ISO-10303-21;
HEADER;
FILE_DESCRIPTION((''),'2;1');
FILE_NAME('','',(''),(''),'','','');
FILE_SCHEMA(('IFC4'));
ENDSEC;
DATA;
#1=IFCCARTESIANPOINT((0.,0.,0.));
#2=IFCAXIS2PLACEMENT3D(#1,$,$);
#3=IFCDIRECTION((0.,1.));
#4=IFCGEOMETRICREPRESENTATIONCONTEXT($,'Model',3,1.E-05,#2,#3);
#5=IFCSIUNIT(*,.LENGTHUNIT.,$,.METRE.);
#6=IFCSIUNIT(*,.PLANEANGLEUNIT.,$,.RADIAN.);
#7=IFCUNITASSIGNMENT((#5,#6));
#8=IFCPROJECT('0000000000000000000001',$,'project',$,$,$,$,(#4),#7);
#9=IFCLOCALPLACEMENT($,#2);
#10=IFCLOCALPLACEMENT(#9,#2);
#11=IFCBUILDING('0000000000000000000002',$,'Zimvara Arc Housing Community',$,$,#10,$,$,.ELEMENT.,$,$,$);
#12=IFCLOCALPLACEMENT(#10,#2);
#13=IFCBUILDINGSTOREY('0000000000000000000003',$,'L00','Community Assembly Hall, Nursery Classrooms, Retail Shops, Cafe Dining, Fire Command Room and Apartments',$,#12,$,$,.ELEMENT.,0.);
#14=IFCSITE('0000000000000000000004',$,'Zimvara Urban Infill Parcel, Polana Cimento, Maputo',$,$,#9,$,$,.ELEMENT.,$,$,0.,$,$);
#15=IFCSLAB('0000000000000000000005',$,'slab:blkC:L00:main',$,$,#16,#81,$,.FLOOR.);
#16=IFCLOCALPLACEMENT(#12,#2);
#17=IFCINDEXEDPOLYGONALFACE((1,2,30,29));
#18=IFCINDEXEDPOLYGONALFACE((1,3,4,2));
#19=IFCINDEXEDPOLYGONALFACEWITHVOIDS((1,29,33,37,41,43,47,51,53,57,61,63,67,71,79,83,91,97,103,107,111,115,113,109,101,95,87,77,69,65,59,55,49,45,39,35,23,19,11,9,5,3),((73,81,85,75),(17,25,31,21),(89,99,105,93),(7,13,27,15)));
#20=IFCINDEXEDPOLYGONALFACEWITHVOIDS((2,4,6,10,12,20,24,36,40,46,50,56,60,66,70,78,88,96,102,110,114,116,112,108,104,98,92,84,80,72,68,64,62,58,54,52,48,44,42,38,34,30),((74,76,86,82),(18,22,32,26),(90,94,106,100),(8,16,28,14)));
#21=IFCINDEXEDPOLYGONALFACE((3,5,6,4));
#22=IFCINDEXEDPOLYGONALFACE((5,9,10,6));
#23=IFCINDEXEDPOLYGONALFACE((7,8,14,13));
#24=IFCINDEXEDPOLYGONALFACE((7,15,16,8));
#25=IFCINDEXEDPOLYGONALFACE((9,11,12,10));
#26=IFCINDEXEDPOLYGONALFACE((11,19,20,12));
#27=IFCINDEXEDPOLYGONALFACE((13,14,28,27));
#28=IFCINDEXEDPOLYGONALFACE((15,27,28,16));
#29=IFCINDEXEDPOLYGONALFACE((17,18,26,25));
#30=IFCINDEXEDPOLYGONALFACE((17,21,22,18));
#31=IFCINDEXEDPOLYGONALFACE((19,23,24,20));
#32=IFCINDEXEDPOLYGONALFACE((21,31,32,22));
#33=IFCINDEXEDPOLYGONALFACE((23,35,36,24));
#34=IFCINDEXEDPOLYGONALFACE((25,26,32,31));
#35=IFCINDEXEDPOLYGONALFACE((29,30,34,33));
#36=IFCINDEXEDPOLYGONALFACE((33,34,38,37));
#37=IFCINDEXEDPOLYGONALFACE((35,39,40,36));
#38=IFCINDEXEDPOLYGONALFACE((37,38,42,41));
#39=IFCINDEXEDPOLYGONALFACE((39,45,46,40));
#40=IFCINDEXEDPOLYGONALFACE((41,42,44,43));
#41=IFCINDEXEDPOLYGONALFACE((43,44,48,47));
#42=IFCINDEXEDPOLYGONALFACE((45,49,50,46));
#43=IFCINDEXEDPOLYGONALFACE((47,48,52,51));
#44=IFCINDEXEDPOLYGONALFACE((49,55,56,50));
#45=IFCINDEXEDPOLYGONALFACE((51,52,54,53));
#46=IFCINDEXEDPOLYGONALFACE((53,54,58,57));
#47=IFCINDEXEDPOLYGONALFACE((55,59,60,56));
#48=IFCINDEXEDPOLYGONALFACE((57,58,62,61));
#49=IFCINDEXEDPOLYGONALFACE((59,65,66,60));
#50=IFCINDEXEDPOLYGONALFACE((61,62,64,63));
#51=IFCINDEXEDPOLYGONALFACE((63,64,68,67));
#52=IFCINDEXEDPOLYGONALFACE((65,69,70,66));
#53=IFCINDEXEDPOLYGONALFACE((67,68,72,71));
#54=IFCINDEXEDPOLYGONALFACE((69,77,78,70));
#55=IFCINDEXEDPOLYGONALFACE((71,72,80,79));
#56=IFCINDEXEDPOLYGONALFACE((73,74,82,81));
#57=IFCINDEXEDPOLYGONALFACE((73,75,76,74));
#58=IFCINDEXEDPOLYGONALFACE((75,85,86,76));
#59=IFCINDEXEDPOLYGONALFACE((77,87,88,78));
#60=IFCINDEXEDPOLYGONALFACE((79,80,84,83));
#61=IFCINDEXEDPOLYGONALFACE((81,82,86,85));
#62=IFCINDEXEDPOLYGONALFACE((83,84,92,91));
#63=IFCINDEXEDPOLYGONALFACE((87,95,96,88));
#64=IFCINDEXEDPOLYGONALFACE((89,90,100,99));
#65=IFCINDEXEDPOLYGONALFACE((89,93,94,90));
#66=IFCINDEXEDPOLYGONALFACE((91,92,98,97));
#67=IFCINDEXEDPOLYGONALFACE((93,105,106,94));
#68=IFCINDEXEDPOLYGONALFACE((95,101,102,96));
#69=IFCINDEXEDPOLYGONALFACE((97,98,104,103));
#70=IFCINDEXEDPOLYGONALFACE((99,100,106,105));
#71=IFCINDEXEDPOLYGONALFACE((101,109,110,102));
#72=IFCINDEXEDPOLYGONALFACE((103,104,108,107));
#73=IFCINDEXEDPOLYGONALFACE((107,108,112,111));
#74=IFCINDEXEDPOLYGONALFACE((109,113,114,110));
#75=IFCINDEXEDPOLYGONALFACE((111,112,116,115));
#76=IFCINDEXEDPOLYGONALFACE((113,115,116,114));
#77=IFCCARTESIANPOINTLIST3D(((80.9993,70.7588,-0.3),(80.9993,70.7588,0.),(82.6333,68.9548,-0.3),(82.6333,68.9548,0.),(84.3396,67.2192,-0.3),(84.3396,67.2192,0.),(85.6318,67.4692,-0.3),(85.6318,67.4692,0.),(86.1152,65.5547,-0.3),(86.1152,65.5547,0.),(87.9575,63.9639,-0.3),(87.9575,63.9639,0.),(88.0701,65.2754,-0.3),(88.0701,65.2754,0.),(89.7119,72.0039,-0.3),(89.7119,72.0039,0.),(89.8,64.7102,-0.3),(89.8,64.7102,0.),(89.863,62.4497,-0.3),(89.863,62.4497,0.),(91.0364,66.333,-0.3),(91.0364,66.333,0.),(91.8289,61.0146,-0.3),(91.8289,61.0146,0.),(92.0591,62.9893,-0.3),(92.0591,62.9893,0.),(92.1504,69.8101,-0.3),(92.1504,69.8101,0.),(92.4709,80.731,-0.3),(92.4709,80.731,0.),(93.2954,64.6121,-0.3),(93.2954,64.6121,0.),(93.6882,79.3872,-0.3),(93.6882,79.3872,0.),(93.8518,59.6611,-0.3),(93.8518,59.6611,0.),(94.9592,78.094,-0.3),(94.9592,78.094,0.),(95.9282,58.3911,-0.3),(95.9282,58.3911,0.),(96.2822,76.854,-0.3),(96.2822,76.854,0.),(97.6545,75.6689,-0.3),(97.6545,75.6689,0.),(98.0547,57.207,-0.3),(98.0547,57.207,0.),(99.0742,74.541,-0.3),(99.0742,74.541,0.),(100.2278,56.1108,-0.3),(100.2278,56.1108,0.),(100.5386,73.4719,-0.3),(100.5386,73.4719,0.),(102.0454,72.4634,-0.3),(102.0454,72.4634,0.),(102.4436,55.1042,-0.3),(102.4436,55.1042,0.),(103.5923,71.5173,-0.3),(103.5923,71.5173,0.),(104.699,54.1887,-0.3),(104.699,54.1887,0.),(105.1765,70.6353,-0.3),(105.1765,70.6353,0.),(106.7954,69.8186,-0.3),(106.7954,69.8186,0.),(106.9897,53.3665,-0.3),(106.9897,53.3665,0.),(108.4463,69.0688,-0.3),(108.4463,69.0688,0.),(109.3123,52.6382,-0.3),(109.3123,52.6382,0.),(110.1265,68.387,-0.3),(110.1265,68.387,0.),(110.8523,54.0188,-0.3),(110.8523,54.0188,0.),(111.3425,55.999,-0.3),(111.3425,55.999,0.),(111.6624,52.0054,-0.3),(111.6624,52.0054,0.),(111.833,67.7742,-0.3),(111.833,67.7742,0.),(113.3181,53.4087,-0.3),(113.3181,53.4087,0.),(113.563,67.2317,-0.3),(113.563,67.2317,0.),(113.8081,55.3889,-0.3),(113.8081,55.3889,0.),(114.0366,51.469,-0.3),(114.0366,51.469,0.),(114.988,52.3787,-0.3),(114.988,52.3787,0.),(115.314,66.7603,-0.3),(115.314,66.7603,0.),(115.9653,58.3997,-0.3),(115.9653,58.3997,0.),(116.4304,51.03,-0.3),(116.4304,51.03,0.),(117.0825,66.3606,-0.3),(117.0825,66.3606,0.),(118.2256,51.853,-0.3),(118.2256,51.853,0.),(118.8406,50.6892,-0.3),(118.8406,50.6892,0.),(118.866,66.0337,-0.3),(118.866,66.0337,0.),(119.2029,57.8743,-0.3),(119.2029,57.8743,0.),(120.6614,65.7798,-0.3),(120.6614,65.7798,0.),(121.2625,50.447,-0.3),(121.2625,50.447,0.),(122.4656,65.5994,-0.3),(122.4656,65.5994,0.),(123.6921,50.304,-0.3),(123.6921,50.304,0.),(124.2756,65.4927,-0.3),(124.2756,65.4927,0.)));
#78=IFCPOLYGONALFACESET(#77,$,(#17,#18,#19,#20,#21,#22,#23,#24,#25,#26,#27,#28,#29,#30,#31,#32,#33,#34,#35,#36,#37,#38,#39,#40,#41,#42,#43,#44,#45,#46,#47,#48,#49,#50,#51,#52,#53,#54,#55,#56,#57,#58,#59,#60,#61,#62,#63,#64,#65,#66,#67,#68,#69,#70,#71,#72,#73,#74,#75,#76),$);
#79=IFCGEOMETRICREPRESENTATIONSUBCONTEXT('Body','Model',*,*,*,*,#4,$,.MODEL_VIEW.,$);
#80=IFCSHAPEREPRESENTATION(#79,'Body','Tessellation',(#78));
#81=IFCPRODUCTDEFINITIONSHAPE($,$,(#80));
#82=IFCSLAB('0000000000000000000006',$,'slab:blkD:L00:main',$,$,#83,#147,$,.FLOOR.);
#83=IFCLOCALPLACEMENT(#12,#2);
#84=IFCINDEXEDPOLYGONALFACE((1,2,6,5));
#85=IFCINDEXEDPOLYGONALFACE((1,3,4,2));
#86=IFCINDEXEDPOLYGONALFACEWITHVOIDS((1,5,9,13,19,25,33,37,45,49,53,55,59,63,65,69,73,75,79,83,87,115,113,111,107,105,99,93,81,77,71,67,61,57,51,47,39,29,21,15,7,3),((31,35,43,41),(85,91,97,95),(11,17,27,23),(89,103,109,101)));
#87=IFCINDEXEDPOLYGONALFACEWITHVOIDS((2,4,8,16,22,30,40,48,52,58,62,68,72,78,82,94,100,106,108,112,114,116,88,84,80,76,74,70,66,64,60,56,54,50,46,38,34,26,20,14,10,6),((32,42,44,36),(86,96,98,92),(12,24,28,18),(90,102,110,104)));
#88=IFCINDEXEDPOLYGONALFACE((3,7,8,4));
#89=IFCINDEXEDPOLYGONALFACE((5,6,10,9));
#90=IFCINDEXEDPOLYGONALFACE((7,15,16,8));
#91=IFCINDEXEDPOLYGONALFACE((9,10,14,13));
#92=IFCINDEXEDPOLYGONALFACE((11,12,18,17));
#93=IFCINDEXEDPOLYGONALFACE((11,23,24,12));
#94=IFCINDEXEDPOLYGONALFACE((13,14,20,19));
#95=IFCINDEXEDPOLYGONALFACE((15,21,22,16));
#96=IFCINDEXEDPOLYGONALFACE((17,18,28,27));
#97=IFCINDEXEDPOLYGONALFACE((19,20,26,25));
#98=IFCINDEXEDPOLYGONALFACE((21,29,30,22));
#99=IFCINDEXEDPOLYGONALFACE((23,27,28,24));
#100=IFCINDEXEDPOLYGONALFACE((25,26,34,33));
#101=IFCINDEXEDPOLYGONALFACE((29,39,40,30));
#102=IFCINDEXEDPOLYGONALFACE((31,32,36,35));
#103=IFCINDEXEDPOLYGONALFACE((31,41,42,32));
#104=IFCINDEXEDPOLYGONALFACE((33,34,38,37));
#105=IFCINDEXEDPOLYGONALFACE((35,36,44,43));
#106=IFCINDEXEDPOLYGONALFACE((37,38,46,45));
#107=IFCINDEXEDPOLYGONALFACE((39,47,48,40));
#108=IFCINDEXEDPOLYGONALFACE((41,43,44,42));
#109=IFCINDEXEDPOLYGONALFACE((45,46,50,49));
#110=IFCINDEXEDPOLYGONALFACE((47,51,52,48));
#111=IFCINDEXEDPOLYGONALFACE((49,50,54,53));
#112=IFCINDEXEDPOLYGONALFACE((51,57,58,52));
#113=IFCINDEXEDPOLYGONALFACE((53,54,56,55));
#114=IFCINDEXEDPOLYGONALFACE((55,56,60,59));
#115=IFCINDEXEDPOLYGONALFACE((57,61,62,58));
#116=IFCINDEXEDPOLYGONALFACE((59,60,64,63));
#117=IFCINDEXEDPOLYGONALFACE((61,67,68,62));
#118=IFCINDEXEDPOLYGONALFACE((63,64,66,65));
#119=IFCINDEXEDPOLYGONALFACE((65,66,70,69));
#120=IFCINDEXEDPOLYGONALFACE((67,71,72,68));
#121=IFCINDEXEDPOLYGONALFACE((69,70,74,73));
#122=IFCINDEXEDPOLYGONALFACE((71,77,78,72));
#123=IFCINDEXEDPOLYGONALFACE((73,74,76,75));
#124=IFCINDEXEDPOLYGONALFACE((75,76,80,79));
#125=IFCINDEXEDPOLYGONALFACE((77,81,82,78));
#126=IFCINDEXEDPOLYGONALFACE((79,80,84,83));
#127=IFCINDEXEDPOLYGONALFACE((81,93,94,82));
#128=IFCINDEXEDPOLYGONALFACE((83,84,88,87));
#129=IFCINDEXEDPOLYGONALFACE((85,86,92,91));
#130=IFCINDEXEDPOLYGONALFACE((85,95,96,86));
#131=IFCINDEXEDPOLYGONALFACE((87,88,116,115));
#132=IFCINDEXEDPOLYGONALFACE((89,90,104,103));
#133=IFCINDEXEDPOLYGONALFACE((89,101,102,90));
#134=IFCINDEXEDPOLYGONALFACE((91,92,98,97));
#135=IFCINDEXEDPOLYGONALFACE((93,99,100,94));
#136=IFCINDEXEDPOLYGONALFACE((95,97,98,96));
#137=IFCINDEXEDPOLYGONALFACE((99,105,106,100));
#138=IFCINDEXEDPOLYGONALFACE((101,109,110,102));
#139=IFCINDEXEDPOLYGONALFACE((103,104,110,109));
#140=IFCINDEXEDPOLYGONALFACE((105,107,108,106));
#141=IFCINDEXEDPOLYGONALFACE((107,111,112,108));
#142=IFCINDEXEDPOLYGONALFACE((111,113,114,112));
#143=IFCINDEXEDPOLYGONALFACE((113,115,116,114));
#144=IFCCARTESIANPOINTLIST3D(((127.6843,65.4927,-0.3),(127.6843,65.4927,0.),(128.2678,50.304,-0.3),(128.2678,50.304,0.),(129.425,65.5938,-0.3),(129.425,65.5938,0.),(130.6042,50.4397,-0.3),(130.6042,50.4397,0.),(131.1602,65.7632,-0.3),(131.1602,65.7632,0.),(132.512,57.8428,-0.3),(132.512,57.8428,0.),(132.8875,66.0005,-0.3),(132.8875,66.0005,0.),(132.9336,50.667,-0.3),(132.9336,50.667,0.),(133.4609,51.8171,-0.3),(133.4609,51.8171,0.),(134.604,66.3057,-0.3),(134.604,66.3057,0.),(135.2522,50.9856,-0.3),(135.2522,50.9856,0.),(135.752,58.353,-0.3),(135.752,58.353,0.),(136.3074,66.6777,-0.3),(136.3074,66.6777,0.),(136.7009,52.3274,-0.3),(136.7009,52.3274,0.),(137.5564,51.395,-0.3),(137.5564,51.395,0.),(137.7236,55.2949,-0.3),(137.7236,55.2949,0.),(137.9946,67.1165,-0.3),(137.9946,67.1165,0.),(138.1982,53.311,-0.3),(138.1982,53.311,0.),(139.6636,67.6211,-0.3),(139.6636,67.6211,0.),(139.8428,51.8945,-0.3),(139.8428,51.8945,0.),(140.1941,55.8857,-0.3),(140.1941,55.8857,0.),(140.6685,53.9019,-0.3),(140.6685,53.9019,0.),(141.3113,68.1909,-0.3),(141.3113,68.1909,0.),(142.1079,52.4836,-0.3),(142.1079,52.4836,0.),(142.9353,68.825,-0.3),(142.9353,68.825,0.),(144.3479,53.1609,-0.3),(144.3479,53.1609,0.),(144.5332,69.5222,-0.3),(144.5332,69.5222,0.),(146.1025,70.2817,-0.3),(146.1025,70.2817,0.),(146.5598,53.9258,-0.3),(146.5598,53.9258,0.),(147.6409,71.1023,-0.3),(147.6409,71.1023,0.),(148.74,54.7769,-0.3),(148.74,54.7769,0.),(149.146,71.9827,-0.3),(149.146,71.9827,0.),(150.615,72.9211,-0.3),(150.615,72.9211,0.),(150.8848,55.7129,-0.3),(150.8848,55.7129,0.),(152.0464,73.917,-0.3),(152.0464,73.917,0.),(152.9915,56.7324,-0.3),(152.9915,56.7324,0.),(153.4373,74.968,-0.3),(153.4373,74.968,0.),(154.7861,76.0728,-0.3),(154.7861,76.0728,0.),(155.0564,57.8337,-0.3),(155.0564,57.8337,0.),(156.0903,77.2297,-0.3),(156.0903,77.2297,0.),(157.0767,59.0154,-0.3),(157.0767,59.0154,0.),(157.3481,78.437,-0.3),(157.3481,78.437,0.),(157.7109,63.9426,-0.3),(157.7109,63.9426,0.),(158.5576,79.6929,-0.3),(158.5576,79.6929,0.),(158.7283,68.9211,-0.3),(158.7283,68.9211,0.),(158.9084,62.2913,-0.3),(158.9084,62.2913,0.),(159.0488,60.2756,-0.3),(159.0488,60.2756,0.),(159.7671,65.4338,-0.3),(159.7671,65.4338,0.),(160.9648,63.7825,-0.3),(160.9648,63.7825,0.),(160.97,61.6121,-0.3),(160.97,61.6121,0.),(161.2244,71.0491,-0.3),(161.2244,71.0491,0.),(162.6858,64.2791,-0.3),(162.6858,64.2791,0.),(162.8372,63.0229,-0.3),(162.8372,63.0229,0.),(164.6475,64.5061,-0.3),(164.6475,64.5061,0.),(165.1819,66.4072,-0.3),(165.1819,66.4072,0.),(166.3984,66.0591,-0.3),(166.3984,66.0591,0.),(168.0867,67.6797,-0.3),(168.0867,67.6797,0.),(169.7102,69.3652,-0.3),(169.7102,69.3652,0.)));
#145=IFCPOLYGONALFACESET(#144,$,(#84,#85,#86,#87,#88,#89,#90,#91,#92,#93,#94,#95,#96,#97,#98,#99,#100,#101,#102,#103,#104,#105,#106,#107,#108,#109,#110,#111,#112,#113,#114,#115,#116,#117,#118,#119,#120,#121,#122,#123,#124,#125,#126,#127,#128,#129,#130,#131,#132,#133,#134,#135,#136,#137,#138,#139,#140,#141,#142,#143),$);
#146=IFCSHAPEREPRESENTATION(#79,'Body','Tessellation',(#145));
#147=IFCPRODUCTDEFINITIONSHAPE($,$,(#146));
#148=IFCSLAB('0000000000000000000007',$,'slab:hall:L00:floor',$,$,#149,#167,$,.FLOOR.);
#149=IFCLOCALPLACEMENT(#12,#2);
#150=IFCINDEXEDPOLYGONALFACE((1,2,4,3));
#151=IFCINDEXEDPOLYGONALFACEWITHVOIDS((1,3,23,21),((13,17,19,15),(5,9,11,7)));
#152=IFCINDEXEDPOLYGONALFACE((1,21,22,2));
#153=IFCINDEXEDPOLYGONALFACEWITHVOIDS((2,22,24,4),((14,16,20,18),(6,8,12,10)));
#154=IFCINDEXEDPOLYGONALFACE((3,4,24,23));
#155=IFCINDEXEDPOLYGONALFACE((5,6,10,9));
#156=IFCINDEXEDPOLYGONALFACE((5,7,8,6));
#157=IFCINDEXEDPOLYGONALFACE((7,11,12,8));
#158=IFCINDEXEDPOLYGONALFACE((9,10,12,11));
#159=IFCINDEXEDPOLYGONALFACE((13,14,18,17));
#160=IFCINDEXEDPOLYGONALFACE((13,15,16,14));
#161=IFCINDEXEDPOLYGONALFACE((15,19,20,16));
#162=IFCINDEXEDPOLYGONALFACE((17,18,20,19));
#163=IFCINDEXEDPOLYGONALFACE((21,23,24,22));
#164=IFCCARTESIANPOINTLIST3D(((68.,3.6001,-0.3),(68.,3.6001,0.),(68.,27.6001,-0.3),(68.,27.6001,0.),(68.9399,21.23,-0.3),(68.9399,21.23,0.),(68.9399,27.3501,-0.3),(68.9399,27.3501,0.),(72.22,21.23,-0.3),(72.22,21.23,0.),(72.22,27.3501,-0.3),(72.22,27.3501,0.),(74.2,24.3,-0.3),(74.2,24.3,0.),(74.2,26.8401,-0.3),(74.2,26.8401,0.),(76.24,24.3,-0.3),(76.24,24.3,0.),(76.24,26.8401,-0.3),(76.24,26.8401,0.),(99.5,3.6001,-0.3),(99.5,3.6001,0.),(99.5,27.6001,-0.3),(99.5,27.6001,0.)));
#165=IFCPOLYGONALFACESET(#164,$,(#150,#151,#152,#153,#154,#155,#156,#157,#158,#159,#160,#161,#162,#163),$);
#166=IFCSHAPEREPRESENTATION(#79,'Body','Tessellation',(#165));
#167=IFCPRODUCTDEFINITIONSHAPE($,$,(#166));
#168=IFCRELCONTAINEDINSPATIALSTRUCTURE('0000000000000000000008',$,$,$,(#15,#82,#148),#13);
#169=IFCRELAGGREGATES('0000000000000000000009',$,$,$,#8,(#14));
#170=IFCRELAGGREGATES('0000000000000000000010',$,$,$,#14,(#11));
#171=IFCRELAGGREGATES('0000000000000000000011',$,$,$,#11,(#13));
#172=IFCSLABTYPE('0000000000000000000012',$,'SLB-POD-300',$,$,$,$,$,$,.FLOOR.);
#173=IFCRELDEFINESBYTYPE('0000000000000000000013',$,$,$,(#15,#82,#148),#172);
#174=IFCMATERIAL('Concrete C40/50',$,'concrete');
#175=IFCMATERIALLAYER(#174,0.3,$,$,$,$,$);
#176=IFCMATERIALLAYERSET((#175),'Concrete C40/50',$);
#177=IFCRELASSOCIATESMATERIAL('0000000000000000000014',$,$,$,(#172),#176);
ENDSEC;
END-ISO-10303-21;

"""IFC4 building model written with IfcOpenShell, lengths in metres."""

from ifc_helpers import new_model, si_unit, direction, frame, origin, place, context, subcontext, project, spatial, polyline, outline, extrude, material, layer, layer_set, type_object, element, save


model = new_model("IFC4")

# Units and contexts
model_context = context("Model", 3, precision=1e-05, world=origin(), true_north=direction((0.0, 1.0)))
body_context = subcontext(model_context, "Body", "Model", "MODEL_VIEW")
ifc_project = project(units=[si_unit("LENGTHUNIT", "METRE"), si_unit("PLANEANGLEUNIT", "RADIAN")], contexts=[model_context])

# Site, building, storey
site_placement = place(None, origin())
site = spatial("IfcSite", under=ifc_project, at=site_placement, Name="Zimvara Urban Infill Parcel, Polana Cimento, Maputo", CompositionType="ELEMENT", RefElevation=0.0)
building_placement = place(site_placement, origin())
building = spatial("IfcBuilding", under=site, at=building_placement, Name="Zimvara Arc Housing Community", CompositionType="ELEMENT")
storey_placement = place(building_placement, origin())
storey = spatial("IfcBuildingStorey", under=building, at=storey_placement, Name="L00", Description="Community Assembly Hall, Nursery Classrooms, Retail Shops, Cafe Dining, Fire Command Room and Apartments", CompositionType="ELEMENT", Elevation=0.0)

# Slabs
ifc_material_1 = material(Name="Concrete C40/50", Category="concrete")
ifc_layer_1 = layer(ifc_material_1, 0.3)
ifc_layer_set_1 = layer_set([ifc_layer_1], Name="Concrete C40/50")
slab_type_1 = type_object("IfcSlabType", Name="SLB-POD-300", PredefinedType="FLOOR", material=ifc_layer_set_1)
slab_1_placement = place(storey_placement, frame((0.0, 0.0, -0.3)))
element("IfcSlab", 1, at=slab_1_placement, inside=storey, type_object=slab_type_1, Name="slab:blkC:L00:main", PredefinedType="FLOOR", context=body_context, shape_type="SweptSolid", body=[
    extrude(outline(polyline([(80.9993, 70.7588), (82.6333, 68.9548), (84.3396, 67.2192), (86.1152, 65.5547), (87.9575, 63.9639), (89.863, 62.4497), (91.8289, 61.0146), (93.8518, 59.6611), (95.9282, 58.3911), (98.0547, 57.207), (100.2278, 56.1108), (102.4436, 55.1042), (104.699, 54.1887), (106.9897, 53.3665), (109.3123, 52.6382), (111.6624, 52.0054), (114.0366, 51.469), (116.4304, 51.03), (118.8406, 50.6892), (121.2625, 50.447), (123.6921, 50.304), (124.2756, 65.4927), (122.4656, 65.5994), (120.6614, 65.7798), (118.866, 66.0337), (117.0825, 66.3606), (115.314, 66.7603), (113.563, 67.2317), (111.833, 67.7742), (110.1265, 68.387), (108.4463, 69.0688), (106.7954, 69.8186), (105.1765, 70.6353), (103.5923, 71.5173), (102.0454, 72.4634), (100.5386, 73.4719), (99.0742, 74.541), (97.6545, 75.6689), (96.2822, 76.854), (94.9592, 78.094), (93.6882, 79.3872), (92.4709, 80.731), (80.9993, 70.7588)]), holes=[polyline([(92.1504, 69.8101), (88.0701, 65.2754), (85.6318, 67.4692), (89.7119, 72.0039), (92.1504, 69.8101)]), polyline([(119.2029, 57.8743), (118.2256, 51.853), (114.988, 52.3787), (115.9653, 58.3997), (119.2029, 57.8743)]), polyline([(93.2954, 64.6121), (92.0591, 62.9893), (89.8, 64.7102), (91.0364, 66.333), (93.2954, 64.6121)]), polyline([(113.8081, 55.3889), (113.3181, 53.4087), (110.8523, 54.0188), (111.3425, 55.999), (113.8081, 55.3889)])]), origin(), (0.0, 0.0, 1.0), 0.3),
])
slab_2_placement = place(storey_placement, frame((0.0, 0.0, -0.3)))
element("IfcSlab", 2, at=slab_2_placement, inside=storey, type_object=slab_type_1, Name="slab:blkD:L00:main", PredefinedType="FLOOR", context=body_context, shape_type="SweptSolid", body=[
    extrude(outline(polyline([(128.2678, 50.304), (130.6042, 50.4397), (132.9336, 50.667), (135.2522, 50.9856), (137.5564, 51.395), (139.8428, 51.8945), (142.1079, 52.4836), (144.3479, 53.1609), (146.5598, 53.9258), (148.74, 54.7769), (150.8848, 55.7129), (152.9915, 56.7324), (155.0564, 57.8337), (157.0767, 59.0154), (159.0488, 60.2756), (160.97, 61.6121), (162.8372, 63.0229), (164.6475, 64.5061), (166.3984, 66.0591), (168.0867, 67.6797), (169.7102, 69.3652), (158.5576, 79.6929), (157.3481, 78.437), (156.0903, 77.2297), (154.7861, 76.0728), (153.4373, 74.968), (152.0464, 73.917), (150.615, 72.9211), (149.146, 71.9827), (147.6409, 71.1023), (146.1025, 70.2817), (144.5332, 69.5222), (142.9353, 68.825), (141.3113, 68.1909), (139.6636, 67.6211), (137.9946, 67.1165), (136.3074, 66.6777), (134.604, 66.3057), (132.8875, 66.0005), (131.1602, 65.7632), (129.425, 65.5938), (127.6843, 65.4927), (128.2678, 50.304)]), holes=[polyline([(135.752, 58.353), (136.7009, 52.3274), (133.4609, 51.8171), (132.512, 57.8428), (135.752, 58.353)]), polyline([(161.2244, 71.0491), (165.1819, 66.4072), (162.6858, 64.2791), (158.7283, 68.9211), (161.2244, 71.0491)]), polyline([(140.1941, 55.8857), (140.6685, 53.9019), (138.1982, 53.311), (137.7236, 55.2949), (140.1941, 55.8857)]), polyline([(159.7671, 65.4338), (160.9648, 63.7825), (158.9084, 62.2913), (157.7109, 63.9426), (159.7671, 65.4338)])]), origin(), (0.0, 0.0, 1.0), 0.3),
])
slab_3_placement = place(storey_placement, frame((0.0, 0.0, -0.3)))
element("IfcSlab", 3, at=slab_3_placement, inside=storey, type_object=slab_type_1, Name="slab:hall:L00:floor", PredefinedType="FLOOR", context=body_context, shape_type="SweptSolid", body=[
    extrude(outline(polyline([(68.0, 3.6001), (99.5, 3.6001), (99.5, 27.6001), (68.0, 27.6001), (68.0, 3.6001)]), holes=[polyline([(68.9399, 21.23), (68.9399, 27.3501), (72.22, 27.3501), (72.22, 21.23), (68.9399, 21.23)]), polyline([(74.2, 26.8401), (76.24, 26.8401), (76.24, 24.3), (74.2, 24.3), (74.2, 26.8401)])]), origin(), (0.0, 0.0, 1.0), 0.3),
])

save(model, "model.ifc")
